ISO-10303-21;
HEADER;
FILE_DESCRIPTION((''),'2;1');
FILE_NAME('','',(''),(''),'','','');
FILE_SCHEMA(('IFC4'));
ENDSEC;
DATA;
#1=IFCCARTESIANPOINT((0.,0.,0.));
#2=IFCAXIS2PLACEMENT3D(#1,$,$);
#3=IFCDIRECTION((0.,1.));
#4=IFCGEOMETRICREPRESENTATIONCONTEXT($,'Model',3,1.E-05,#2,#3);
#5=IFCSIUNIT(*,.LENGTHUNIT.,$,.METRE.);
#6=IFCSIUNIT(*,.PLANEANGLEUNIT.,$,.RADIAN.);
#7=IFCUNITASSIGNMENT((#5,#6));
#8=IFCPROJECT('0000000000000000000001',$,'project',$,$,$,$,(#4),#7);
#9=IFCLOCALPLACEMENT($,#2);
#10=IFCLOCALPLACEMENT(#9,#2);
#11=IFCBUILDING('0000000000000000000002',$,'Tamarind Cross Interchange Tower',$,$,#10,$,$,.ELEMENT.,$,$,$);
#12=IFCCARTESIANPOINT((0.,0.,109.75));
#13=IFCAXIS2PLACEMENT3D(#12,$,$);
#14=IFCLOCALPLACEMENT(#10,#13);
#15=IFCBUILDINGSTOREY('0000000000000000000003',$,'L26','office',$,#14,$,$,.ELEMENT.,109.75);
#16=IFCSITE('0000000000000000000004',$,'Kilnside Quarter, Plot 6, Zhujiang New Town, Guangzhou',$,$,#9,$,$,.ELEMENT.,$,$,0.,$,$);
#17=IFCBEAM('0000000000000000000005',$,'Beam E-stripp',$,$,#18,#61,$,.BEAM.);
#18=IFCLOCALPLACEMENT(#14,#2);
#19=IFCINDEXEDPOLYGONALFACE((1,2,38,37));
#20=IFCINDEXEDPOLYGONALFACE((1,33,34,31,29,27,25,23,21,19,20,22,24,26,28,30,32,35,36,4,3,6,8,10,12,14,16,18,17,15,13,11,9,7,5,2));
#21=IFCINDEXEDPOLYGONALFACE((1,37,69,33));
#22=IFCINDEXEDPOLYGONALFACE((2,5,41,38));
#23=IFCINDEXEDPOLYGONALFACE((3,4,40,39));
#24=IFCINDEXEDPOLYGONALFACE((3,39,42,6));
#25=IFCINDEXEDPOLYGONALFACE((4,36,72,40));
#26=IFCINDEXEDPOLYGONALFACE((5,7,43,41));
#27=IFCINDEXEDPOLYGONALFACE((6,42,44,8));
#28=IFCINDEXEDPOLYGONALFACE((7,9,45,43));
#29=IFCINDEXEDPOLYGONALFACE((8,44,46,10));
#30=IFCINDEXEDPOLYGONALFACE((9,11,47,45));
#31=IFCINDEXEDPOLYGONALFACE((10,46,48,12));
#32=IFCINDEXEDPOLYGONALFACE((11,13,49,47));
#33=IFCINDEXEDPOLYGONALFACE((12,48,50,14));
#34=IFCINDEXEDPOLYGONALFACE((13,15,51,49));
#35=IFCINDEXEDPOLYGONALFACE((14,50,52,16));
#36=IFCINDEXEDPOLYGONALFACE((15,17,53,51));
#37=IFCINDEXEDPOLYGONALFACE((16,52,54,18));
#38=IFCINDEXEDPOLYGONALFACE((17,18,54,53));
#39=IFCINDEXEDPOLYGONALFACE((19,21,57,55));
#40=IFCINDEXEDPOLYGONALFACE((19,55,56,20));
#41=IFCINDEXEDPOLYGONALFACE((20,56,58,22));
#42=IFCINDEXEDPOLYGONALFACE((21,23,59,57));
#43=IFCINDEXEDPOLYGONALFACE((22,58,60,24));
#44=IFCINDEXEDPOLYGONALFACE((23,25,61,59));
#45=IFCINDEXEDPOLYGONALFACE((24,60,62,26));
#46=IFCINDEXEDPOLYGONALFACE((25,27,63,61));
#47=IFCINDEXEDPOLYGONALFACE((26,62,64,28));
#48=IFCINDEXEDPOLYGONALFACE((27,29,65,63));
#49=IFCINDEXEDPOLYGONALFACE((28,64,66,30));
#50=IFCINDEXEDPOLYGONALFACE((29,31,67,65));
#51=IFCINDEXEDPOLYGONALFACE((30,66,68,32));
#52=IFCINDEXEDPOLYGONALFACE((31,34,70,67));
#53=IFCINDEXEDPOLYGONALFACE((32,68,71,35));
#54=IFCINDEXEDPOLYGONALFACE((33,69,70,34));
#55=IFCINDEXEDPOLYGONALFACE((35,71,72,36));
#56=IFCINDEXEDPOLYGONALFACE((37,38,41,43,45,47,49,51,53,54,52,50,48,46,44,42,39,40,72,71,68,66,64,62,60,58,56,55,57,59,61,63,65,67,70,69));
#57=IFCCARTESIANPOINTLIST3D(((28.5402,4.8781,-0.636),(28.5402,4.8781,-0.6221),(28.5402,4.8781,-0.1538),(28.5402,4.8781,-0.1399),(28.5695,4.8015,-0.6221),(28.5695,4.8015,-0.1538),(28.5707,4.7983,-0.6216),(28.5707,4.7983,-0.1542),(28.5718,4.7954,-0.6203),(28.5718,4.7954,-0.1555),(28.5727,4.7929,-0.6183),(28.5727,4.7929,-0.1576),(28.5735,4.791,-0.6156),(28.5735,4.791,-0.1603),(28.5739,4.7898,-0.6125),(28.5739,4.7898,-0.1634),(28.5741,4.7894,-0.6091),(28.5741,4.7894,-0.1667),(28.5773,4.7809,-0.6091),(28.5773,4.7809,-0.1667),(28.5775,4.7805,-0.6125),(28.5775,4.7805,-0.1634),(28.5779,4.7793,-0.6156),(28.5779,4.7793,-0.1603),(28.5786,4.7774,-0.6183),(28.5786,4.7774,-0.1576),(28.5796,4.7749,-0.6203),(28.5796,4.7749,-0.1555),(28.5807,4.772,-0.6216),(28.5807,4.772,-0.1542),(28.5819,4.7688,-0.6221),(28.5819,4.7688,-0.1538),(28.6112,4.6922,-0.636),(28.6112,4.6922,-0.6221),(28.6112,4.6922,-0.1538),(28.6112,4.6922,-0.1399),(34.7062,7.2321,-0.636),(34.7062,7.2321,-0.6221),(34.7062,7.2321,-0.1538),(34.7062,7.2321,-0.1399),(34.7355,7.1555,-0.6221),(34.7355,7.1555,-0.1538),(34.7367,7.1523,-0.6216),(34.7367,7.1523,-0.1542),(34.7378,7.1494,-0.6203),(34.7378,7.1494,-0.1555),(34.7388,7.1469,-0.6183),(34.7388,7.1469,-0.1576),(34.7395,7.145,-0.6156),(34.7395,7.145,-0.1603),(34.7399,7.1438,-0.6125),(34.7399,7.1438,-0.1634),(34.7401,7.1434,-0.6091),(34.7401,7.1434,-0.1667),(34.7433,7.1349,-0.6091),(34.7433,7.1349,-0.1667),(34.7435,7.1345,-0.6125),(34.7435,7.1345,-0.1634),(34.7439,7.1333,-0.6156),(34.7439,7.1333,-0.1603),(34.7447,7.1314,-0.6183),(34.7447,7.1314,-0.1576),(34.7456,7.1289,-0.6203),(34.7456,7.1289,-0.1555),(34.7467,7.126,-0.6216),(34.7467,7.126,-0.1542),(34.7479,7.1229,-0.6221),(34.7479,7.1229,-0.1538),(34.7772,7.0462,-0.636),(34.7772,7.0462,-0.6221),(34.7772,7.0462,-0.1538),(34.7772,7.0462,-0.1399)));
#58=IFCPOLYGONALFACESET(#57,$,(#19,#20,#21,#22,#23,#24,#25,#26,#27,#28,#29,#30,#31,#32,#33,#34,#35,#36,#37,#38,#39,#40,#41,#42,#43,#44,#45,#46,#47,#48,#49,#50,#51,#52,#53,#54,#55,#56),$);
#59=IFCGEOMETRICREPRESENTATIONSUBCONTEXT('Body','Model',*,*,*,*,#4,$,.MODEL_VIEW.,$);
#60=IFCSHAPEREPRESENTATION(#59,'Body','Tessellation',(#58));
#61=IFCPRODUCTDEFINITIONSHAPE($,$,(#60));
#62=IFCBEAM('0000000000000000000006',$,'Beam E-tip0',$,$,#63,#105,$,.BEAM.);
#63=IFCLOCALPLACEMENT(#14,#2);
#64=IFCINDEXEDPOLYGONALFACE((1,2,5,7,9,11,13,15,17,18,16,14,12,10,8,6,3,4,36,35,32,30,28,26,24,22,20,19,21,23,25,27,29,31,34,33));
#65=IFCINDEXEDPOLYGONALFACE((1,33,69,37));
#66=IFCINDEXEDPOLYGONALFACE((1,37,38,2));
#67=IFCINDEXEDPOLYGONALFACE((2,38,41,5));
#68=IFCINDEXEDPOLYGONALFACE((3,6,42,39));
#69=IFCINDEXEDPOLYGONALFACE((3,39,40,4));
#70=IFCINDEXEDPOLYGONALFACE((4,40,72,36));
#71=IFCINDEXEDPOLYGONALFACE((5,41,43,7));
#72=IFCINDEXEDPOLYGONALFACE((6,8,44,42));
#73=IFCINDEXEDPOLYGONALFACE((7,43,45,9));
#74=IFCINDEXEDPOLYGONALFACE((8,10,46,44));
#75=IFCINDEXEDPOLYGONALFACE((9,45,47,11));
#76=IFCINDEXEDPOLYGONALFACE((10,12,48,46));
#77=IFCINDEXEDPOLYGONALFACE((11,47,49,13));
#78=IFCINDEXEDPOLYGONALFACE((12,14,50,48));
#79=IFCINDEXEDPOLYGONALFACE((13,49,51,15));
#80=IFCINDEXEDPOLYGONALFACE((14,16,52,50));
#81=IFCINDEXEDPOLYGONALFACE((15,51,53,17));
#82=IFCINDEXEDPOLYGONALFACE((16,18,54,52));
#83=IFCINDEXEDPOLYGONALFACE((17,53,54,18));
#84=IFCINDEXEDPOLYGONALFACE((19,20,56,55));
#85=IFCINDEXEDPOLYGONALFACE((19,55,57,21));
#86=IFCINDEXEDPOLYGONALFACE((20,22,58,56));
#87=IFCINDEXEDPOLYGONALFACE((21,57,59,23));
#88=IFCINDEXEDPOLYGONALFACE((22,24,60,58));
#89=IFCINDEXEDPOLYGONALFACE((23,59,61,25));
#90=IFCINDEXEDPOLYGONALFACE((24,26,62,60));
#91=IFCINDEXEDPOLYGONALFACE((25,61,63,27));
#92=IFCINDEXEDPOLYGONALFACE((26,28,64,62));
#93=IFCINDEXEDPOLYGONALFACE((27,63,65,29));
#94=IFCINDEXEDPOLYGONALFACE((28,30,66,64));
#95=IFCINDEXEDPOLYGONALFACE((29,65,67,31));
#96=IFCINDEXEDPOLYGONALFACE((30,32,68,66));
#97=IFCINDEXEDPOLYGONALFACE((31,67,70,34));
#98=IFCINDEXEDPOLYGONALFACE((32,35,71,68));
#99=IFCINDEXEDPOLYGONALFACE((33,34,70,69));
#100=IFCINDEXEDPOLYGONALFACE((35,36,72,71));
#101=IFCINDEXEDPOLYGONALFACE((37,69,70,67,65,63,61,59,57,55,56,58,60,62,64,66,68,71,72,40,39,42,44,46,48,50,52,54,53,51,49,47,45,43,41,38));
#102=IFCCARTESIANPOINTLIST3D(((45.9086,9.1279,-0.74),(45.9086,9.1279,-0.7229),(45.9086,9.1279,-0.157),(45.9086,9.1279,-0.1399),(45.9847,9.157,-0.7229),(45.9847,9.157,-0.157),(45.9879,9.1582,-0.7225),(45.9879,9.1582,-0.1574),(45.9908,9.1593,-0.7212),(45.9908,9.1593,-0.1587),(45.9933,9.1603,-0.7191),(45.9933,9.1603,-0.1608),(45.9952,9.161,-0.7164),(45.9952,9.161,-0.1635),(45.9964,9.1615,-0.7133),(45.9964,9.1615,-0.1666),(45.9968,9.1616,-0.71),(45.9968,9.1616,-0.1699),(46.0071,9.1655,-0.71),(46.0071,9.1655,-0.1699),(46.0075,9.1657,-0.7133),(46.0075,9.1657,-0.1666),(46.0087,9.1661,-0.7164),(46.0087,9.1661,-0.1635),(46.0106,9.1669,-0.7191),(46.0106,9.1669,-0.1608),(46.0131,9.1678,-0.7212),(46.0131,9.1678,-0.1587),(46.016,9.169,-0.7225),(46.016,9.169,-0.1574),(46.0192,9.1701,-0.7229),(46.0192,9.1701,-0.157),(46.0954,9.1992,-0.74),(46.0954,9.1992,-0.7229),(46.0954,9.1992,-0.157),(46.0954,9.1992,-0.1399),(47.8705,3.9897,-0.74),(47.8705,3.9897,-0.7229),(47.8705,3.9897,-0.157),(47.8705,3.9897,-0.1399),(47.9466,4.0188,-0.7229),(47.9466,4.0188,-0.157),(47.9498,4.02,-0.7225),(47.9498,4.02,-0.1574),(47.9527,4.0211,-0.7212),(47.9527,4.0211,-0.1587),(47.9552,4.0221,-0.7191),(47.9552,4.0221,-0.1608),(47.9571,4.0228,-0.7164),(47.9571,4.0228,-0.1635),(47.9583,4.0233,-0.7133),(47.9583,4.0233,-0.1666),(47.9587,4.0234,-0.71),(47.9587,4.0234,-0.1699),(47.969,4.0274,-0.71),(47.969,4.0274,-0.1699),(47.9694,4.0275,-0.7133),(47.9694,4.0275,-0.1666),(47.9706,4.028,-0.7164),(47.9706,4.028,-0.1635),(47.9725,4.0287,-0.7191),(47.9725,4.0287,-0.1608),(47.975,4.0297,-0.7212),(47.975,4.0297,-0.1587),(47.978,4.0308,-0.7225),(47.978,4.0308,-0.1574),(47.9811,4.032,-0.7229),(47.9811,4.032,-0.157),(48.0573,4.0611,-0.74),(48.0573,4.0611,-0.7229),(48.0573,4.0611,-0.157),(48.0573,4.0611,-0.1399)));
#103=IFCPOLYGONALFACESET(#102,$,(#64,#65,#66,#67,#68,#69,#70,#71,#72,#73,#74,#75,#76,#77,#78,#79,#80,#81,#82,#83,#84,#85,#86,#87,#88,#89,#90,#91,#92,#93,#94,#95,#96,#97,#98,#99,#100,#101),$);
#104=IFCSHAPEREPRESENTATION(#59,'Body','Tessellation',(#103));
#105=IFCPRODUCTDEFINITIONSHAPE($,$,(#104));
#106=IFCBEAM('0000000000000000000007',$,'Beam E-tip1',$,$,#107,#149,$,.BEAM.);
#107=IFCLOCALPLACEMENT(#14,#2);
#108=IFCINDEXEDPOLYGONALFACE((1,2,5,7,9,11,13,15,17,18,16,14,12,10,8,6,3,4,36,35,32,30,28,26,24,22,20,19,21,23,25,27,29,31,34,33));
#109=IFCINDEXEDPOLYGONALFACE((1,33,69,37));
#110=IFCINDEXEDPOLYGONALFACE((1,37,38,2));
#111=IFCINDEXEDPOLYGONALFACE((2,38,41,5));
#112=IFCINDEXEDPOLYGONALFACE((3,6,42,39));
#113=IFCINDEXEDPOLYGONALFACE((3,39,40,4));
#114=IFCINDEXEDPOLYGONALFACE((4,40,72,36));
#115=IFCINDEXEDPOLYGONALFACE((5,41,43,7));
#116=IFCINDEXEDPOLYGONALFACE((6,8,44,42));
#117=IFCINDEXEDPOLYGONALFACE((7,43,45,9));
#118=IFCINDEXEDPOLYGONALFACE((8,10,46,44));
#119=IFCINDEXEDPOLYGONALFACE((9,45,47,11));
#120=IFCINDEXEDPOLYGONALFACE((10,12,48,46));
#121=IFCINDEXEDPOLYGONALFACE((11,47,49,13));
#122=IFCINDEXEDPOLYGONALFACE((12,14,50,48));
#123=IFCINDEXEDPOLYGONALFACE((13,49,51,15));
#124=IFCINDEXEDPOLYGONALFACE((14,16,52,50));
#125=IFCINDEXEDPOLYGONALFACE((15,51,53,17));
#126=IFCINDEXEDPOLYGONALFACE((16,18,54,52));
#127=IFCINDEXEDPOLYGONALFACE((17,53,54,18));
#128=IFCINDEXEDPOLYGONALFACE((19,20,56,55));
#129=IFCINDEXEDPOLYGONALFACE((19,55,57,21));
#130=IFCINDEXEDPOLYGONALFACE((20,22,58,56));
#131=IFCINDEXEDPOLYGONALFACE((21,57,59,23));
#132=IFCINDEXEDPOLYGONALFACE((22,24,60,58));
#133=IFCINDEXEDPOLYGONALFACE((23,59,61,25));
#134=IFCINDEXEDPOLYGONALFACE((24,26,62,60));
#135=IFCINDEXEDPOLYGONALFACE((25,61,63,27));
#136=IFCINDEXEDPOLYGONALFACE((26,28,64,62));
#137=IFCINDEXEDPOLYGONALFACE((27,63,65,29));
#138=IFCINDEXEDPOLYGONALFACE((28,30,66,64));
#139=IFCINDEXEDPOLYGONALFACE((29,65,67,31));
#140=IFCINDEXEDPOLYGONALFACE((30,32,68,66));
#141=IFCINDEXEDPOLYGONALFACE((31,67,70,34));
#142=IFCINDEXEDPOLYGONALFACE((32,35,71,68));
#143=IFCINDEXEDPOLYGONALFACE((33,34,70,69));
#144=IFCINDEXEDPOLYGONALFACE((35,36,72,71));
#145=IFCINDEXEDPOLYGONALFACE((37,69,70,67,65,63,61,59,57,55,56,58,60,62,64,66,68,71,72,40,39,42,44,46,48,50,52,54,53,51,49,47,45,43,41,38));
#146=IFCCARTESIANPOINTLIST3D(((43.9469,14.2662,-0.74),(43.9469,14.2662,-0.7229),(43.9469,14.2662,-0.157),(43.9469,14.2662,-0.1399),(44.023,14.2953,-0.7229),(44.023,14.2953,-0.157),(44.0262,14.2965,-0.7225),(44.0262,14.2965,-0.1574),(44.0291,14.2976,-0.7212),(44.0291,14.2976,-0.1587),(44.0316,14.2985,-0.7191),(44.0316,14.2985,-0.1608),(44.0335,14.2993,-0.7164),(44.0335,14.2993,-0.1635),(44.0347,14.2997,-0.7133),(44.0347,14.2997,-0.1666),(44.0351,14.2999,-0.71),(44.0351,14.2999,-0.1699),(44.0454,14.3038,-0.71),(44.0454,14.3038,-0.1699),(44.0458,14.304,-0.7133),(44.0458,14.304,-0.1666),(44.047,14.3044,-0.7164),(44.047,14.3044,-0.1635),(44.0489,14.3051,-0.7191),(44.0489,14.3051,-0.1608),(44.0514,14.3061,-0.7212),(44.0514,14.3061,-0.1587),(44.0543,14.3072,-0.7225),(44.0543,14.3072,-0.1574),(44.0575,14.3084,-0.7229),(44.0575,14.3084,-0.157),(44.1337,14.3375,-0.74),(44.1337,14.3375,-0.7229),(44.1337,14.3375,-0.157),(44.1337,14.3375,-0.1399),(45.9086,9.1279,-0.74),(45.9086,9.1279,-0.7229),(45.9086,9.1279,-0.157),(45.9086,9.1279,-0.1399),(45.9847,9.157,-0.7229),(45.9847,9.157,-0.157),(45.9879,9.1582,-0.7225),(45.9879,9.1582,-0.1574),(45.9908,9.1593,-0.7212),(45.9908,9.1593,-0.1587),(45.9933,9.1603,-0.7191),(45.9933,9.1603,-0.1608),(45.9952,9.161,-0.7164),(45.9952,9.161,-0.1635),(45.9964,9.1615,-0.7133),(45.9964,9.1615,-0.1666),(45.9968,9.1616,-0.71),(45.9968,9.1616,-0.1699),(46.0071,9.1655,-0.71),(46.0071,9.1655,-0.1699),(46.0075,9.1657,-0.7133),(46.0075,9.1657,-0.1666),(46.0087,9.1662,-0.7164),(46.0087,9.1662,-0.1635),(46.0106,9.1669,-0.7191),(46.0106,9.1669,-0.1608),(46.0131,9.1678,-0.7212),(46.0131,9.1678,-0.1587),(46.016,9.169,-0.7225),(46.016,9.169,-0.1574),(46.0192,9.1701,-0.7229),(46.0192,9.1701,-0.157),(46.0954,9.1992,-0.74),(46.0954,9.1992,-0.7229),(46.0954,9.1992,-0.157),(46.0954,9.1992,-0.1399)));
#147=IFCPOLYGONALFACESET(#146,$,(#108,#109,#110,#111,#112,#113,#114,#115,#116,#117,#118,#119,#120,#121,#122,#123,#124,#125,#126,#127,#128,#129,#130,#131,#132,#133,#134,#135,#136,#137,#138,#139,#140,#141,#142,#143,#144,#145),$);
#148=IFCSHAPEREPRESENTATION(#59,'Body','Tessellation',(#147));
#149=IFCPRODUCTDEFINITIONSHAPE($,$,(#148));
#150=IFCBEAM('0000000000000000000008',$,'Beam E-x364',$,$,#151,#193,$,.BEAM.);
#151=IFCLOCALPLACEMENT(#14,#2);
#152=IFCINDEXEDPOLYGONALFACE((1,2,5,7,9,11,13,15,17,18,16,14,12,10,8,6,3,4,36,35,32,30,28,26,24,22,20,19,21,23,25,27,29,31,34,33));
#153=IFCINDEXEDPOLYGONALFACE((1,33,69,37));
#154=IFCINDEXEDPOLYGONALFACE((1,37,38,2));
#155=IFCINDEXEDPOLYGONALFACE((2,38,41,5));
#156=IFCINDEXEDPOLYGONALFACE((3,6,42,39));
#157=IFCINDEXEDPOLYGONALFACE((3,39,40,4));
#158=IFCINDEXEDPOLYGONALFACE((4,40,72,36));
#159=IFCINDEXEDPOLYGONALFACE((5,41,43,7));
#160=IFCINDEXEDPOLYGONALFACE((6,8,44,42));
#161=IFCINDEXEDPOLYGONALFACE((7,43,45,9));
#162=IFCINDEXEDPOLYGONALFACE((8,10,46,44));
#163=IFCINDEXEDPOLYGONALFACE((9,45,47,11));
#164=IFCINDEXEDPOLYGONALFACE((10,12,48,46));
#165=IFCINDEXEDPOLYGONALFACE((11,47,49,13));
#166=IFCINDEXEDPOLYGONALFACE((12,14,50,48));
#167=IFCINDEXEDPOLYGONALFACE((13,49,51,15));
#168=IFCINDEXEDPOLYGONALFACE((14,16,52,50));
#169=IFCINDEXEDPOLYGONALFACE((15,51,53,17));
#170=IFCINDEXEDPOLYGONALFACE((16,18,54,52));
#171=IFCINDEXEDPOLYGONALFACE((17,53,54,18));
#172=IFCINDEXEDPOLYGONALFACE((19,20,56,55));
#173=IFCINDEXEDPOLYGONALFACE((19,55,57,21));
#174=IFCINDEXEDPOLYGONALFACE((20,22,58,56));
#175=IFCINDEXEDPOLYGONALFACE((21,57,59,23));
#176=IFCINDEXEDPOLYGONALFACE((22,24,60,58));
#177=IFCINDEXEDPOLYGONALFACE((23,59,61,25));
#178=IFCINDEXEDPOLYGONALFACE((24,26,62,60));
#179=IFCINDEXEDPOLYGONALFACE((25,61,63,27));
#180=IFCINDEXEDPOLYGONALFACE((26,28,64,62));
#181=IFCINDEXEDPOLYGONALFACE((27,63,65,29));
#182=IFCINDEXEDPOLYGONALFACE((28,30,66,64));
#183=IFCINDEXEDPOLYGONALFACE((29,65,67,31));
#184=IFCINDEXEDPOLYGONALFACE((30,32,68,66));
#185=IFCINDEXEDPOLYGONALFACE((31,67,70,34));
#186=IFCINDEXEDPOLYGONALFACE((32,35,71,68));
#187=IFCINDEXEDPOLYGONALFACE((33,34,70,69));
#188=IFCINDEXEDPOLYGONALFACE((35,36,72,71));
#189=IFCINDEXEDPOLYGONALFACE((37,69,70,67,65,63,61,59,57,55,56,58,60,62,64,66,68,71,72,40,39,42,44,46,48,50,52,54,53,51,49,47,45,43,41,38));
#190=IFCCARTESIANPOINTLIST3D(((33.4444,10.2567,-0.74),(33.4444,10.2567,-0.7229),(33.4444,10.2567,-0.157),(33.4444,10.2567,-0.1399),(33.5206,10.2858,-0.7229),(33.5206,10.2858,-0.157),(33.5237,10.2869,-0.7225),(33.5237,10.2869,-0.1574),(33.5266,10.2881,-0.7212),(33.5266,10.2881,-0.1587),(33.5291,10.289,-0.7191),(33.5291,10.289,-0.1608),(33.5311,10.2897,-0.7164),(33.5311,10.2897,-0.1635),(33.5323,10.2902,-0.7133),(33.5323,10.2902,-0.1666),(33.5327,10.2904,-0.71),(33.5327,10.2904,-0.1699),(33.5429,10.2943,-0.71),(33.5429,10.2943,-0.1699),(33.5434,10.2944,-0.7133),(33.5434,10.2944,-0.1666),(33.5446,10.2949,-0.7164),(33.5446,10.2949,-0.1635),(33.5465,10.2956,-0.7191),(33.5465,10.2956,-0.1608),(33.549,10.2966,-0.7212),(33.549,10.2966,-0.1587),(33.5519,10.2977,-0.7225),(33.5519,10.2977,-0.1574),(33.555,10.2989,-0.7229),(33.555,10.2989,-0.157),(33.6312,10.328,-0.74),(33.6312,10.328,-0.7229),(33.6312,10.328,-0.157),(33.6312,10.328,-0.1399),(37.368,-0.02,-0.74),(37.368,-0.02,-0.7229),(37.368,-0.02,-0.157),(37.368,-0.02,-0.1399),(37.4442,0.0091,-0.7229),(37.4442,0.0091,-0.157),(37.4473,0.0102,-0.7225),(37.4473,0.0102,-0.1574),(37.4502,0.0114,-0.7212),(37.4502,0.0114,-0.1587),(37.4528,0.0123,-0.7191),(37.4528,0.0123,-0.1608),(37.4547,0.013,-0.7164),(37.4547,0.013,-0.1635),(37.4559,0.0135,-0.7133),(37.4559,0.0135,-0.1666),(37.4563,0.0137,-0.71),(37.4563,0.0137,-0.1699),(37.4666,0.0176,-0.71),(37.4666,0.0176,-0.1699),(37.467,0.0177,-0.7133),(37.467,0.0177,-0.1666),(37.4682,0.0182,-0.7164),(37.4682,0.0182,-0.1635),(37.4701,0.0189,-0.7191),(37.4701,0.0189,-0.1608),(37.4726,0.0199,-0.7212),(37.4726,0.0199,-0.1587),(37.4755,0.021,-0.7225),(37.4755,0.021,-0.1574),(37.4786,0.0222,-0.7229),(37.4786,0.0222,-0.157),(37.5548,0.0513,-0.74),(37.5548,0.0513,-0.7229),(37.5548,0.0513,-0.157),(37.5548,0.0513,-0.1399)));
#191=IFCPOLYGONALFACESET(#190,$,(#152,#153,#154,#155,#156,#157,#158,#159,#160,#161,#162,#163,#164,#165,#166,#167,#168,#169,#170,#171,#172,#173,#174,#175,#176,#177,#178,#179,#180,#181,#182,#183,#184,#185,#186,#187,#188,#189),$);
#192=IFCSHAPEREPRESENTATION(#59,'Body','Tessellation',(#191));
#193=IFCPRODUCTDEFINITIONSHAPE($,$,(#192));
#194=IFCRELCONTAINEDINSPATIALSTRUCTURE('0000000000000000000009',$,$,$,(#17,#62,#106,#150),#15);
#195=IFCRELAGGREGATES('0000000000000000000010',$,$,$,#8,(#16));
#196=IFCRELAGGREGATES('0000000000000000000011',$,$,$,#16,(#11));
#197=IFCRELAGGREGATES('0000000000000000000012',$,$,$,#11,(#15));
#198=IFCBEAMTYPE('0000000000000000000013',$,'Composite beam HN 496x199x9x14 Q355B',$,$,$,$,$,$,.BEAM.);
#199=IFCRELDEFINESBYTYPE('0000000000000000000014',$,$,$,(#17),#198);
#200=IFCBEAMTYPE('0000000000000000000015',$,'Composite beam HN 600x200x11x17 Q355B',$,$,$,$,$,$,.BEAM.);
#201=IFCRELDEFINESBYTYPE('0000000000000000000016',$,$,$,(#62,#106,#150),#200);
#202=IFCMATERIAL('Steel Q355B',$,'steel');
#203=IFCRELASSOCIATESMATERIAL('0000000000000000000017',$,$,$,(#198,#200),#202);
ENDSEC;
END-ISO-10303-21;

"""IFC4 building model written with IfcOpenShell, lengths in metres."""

from ifc_helpers import new_model, si_unit, direction, frame, origin, origin_2d, place, context, subcontext, project, spatial, i_section, extrude, material, material_profile, profile_set, type_object, element, save


model = new_model("IFC4")

# Units and contexts
model_context = context("Model", 3, precision=1e-05, world=origin(), true_north=direction((0.0, 1.0)))
body_context = subcontext(model_context, "Body", "Model", "MODEL_VIEW")
ifc_project = project(units=[si_unit("LENGTHUNIT", "METRE"), si_unit("PLANEANGLEUNIT", "RADIAN")], contexts=[model_context])

# Site, building, storey
site_placement = place(None, origin())
site = spatial("IfcSite", under=ifc_project, at=site_placement, Name="Kilnside Quarter, Plot 6, Zhujiang New Town, Guangzhou", CompositionType="ELEMENT", RefElevation=0.0)
building_placement = place(site_placement, origin())
building = spatial("IfcBuilding", under=site, at=building_placement, Name="Tamarind Cross Interchange Tower", CompositionType="ELEMENT")
storey_placement = place(building_placement, frame((0.0, 0.0, 109.75)))
storey = spatial("IfcBuildingStorey", under=building, at=storey_placement, Name="L26", Description="office", CompositionType="ELEMENT", Elevation=109.75)

# Beams
ifc_material_1 = material(Name="Steel Q355B", Category="steel")
ifc_material_profile_1 = material_profile(ifc_material_1, i_section(OverallWidth=0.199, OverallDepth=0.4961, WebThickness=0.009, FlangeThickness=0.0139, FilletRadius=0.0129, at=origin_2d()), Name="HN 496x199x9x14")
ifc_profile_set_1 = profile_set([ifc_material_profile_1], Name="Steel Q355B")
beam_type_1 = type_object("IfcBeamType", Name="Composite beam HN 496x199x9x14 Q355B", PredefinedType="BEAM", material=ifc_profile_set_1)
for number, where, z_axis, x_axis, name in (
    (1, (28.5757, 4.7852, -0.3879), (0.934233, 0.356663, 0.0), (-0.356663, 0.934233, 0.0), "Beam E-stripp"),
):
    element("IfcBeam", number, at=place(storey_placement, frame(where, z_axis=z_axis, x_axis=x_axis)), inside=storey, type_object=beam_type_1, Name=name, PredefinedType="BEAM", context=body_context, shape_type="SweptSolid", body=[
        extrude(i_section(OverallWidth=0.199, OverallDepth=0.4961, WebThickness=0.009, FlangeThickness=0.0139, FilletRadius=0.0129, at=origin_2d()), origin(), (0.0, 0.0, 1.0), 6.6001),
    ])
ifc_material_profile_2 = material_profile(ifc_material_1, i_section(OverallWidth=0.2, OverallDepth=0.6001, WebThickness=0.011, FlangeThickness=0.0171, FilletRadius=0.0129, at=origin_2d()), Name="HN 600x200x11x17")
ifc_profile_set_2 = profile_set([ifc_material_profile_2], Name="Steel Q355B")
beam_type_2 = type_object("IfcBeamType", Name="Composite beam HN 600x200x11x17 Q355B", PredefinedType="BEAM", material=ifc_profile_set_2)
for number, where, z_axis, x_axis, name in (
    (2, (47.9639, 4.0254, -0.4399), (-0.356711, 0.934215, 0.0), (-0.934215, -0.356711, 0.0), "Beam E-tip0"),
    (3, (46.002, 9.1636, -0.4399), (-0.356673, 0.934229, 0.0), (-0.934229, -0.356673, 0.0), "Beam E-tip1"),
):
    element("IfcBeam", number, at=place(storey_placement, frame(where, z_axis=z_axis, x_axis=x_axis)), inside=storey, type_object=beam_type_2, Name=name, PredefinedType="BEAM", context=body_context, shape_type="SweptSolid", body=[
        extrude(i_section(OverallWidth=0.2, OverallDepth=0.6001, WebThickness=0.011, FlangeThickness=0.0171, FilletRadius=0.0129, at=origin_2d()), origin(), (0.0, 0.0, 1.0), 5.5),
    ])
beam_1_placement = place(storey_placement, frame((37.4614, 0.0156, -0.4399), z_axis=(-0.356685, 0.934225, 0.0), x_axis=(-0.934225, -0.356685, 0.0)))
element("IfcBeam", 4, at=beam_1_placement, inside=storey, type_object=beam_type_2, Name="Beam E-x364", PredefinedType="BEAM", context=body_context, shape_type="SweptSolid", body=[
    extrude(i_section(OverallWidth=0.2, OverallDepth=0.6001, WebThickness=0.011, FlangeThickness=0.0171, FilletRadius=0.0129, at=origin_2d()), origin(), (0.0, 0.0, 1.0), 11.0002),
])

save(model, "model.ifc")
